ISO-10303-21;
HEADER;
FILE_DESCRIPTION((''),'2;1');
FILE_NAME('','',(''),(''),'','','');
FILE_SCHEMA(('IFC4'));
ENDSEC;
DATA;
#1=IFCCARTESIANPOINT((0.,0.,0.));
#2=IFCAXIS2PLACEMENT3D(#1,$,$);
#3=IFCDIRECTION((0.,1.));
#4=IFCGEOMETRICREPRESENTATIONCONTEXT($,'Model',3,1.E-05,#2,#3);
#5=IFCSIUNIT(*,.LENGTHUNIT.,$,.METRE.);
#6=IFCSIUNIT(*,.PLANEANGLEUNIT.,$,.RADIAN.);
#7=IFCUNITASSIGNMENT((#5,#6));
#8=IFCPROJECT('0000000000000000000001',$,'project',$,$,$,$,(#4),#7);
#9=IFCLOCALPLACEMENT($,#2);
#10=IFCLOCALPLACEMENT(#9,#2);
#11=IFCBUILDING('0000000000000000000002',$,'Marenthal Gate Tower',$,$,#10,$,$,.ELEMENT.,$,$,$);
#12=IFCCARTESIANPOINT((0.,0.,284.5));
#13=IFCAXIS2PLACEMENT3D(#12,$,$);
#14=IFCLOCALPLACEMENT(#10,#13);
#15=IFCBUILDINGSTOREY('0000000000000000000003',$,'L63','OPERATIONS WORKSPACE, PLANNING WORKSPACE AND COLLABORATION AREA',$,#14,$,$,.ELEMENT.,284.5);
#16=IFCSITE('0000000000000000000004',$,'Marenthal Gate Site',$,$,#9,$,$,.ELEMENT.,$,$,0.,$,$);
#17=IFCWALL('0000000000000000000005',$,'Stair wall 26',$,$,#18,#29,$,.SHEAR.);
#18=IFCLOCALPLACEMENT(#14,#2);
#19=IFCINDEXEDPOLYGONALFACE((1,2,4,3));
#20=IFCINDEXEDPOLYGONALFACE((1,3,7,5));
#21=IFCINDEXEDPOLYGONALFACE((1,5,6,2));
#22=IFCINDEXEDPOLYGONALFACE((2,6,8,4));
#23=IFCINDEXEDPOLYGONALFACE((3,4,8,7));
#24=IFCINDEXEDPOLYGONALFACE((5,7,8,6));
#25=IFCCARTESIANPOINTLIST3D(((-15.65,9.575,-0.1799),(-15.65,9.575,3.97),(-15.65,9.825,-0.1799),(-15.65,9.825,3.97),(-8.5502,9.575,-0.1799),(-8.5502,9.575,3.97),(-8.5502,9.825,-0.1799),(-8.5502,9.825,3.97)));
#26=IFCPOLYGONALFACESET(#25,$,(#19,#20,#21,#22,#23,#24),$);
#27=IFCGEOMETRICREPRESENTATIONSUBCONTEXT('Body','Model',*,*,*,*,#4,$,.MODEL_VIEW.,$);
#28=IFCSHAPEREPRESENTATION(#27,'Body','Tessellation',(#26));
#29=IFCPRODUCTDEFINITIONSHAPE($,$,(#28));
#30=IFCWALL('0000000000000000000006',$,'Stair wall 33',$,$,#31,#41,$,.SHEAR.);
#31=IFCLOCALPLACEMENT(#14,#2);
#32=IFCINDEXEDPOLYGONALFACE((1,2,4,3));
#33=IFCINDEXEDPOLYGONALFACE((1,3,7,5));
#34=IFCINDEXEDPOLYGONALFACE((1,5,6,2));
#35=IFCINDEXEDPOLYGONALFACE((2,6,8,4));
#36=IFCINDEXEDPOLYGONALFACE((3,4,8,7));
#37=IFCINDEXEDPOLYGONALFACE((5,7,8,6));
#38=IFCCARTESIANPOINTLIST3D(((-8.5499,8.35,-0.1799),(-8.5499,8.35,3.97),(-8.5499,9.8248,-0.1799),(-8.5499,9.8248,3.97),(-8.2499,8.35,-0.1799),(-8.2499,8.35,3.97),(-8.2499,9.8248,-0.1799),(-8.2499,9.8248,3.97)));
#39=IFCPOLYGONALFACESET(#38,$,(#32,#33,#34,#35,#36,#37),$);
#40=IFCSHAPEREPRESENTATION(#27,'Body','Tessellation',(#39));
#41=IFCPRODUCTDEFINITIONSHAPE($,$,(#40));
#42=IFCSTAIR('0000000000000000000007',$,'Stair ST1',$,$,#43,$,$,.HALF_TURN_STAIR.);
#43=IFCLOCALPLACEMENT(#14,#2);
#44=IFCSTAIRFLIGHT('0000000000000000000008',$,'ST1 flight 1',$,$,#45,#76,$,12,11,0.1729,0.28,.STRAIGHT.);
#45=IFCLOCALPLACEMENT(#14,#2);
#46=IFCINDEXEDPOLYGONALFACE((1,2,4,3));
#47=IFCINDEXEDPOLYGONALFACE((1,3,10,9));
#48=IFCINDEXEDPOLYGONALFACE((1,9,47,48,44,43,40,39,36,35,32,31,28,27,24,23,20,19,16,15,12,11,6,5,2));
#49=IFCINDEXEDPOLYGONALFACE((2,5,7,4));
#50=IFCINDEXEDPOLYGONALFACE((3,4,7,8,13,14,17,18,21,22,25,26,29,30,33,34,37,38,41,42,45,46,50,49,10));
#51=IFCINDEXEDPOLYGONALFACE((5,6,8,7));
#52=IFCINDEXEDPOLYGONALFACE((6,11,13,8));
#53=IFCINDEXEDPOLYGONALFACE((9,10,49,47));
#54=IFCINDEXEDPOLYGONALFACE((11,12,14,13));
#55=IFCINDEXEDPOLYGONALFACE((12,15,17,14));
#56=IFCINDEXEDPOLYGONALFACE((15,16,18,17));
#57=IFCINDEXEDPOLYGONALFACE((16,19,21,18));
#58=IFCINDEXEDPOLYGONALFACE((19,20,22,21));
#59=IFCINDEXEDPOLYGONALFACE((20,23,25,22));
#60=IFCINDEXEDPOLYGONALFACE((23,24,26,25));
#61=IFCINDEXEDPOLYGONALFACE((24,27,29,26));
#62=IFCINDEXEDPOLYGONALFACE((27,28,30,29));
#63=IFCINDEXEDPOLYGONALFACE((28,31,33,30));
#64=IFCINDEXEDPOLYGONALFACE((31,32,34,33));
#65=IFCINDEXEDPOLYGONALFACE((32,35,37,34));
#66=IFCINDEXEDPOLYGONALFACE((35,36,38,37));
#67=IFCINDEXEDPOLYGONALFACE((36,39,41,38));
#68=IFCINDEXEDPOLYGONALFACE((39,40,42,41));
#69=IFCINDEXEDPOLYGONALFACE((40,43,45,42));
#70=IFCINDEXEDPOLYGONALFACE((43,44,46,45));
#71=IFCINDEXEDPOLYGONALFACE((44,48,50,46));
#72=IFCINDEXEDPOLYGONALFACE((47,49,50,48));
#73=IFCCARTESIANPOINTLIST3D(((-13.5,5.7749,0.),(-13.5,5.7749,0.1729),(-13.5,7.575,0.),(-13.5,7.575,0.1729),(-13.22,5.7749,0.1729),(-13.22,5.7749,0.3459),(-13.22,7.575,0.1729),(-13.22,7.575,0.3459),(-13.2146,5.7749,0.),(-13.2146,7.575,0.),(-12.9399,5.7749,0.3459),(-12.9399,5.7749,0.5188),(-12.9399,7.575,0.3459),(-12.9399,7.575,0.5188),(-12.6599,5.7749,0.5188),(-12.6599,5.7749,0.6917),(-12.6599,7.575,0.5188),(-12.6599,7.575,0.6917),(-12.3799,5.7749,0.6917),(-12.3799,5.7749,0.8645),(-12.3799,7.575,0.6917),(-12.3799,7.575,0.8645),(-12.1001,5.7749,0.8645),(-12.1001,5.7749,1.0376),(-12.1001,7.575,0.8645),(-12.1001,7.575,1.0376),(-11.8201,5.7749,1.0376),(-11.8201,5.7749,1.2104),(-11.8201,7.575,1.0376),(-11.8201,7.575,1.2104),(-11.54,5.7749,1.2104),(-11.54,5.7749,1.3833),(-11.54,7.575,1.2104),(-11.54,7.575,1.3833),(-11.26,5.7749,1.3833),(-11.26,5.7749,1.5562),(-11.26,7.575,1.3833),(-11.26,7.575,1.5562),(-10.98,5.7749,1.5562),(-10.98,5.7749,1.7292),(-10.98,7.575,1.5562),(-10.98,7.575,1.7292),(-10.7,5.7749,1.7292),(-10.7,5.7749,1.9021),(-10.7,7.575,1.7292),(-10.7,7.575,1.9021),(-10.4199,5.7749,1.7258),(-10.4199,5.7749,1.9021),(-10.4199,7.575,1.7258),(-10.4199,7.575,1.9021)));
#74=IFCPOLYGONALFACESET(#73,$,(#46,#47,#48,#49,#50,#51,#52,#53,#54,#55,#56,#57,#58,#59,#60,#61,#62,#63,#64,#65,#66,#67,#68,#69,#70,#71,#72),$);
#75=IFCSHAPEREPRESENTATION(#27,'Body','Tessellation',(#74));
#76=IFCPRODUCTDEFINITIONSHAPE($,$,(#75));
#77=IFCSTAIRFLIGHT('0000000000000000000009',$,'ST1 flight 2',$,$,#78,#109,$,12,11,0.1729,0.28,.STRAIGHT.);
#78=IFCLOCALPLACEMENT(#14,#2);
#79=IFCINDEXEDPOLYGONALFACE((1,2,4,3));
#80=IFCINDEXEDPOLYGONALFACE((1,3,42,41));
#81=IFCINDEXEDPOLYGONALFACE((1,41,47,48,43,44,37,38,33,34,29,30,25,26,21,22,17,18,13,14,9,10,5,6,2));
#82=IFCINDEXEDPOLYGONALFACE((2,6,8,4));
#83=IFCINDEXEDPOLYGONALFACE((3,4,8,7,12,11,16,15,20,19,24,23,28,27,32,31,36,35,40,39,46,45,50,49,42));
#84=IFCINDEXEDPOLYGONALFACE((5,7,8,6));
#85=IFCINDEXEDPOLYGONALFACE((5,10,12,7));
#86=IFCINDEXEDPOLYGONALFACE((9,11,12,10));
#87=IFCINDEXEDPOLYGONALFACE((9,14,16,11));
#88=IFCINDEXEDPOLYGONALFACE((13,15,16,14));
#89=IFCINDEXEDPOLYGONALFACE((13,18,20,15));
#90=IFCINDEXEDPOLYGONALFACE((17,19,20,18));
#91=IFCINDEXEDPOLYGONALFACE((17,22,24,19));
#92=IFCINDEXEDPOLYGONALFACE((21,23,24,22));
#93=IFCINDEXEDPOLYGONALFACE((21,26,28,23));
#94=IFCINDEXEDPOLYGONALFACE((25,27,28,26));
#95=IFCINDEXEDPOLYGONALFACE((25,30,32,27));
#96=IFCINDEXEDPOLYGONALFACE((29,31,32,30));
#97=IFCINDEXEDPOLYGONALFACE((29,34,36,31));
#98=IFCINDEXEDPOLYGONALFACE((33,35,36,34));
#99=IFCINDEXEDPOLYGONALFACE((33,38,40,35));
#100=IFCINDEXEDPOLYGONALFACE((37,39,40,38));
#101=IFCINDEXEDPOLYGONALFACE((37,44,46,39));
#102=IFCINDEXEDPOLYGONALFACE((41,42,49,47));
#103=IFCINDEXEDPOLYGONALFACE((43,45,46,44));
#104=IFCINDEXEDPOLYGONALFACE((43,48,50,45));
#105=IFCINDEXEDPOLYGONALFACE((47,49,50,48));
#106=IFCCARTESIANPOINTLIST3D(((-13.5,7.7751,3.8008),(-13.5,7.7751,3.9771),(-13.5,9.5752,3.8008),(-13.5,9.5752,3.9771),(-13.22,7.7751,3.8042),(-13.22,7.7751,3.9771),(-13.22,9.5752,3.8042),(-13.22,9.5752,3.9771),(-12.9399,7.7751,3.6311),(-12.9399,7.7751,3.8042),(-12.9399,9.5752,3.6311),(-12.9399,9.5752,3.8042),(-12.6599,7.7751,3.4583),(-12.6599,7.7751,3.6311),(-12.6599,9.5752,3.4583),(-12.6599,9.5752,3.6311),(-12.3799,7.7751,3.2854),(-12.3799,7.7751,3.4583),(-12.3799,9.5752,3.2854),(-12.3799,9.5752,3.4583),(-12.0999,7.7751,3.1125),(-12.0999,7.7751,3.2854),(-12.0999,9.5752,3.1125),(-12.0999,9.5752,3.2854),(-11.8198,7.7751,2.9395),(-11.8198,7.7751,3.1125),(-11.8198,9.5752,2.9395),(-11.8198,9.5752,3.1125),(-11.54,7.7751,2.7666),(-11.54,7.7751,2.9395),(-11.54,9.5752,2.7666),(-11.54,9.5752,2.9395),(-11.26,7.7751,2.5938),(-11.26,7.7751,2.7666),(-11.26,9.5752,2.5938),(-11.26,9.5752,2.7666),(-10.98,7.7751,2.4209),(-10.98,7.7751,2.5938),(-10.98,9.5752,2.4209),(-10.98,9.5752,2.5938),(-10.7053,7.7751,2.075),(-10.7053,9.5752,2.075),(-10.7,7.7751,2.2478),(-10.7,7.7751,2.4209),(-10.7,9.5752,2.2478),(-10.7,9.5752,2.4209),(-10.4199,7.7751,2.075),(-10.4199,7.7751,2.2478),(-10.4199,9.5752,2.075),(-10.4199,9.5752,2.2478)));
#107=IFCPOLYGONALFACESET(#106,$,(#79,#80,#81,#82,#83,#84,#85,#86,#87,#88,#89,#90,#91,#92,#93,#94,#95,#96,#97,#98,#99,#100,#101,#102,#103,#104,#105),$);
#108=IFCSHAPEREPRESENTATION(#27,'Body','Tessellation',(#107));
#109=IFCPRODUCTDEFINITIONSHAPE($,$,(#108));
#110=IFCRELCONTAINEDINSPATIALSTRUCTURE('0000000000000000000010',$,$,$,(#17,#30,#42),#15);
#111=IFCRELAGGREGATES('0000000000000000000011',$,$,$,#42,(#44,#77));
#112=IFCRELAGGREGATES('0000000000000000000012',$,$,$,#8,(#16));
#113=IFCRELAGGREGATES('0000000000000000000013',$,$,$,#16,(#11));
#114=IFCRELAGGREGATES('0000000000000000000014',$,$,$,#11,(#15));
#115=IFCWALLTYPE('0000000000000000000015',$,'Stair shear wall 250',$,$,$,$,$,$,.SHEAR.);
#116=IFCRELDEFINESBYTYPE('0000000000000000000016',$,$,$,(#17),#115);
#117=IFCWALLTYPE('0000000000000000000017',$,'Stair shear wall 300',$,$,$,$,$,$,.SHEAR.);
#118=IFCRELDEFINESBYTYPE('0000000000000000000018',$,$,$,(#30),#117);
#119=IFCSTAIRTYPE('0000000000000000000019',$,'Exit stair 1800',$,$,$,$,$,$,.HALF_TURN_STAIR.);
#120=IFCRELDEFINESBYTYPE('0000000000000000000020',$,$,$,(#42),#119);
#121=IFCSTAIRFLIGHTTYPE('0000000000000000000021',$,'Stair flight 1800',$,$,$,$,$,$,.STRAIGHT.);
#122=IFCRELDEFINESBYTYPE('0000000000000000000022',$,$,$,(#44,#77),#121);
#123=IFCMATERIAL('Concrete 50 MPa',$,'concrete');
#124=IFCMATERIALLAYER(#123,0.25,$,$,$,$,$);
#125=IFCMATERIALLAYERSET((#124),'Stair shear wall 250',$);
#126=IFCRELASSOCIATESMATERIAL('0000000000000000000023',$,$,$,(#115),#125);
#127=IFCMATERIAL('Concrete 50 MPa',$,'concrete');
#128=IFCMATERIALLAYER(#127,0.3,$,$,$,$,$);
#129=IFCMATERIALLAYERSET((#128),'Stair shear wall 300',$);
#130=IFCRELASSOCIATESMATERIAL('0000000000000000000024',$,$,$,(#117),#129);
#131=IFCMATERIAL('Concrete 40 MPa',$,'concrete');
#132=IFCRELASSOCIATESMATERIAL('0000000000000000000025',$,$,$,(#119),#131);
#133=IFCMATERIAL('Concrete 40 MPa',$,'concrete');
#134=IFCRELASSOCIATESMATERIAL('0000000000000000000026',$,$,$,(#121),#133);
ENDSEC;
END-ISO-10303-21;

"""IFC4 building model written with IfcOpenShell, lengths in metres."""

from ifc_helpers import new_model, si_unit, direction, frame, frame_2d, origin, place, context, subcontext, project, spatial, polyline, rectangle, outline, extrude, material, layer, layer_set, type_object, element, aggregate, save


model = new_model("IFC4")

# Units and contexts
model_context = context("Model", 3, precision=1e-05, world=origin(), true_north=direction((0.0, 1.0)))
body_context = subcontext(model_context, "Body", "Model", "MODEL_VIEW")
ifc_project = project(units=[si_unit("LENGTHUNIT", "METRE"), si_unit("PLANEANGLEUNIT", "RADIAN")], contexts=[model_context])

# Site, building, storey
site_placement = place(None, origin())
site = spatial("IfcSite", under=ifc_project, at=site_placement, Name="Marenthal Gate Site", CompositionType="ELEMENT", RefElevation=0.0)
building_placement = place(site_placement, origin())
building = spatial("IfcBuilding", under=site, at=building_placement, Name="Marenthal Gate Tower", CompositionType="ELEMENT")
storey_placement = place(building_placement, frame((0.0, 0.0, 284.5)))
storey = spatial("IfcBuildingStorey", under=building, at=storey_placement, Name="L63", Description="OPERATIONS WORKSPACE, PLANNING WORKSPACE AND COLLABORATION AREA", CompositionType="ELEMENT", Elevation=284.5)

# Shared definitions
ifc_material_1 = material(Name="Concrete 50 MPa", Category="concrete")
ifc_layer_1 = layer(ifc_material_1, 0.25)
ifc_layer_set_1 = layer_set([ifc_layer_1], Name="Stair shear wall 250")
wall_type_1 = type_object("IfcWallType", Name="Stair shear wall 250", PredefinedType="SHEAR", material=ifc_layer_set_1)

# Walls
wall_1_placement = place(storey_placement, frame((-15.6499, 9.7, -0.1799), z_axis=(0.0, 0.0, 1.0), x_axis=(1.0, 0.0, 0.0)))
element("IfcWall", 1, at=wall_1_placement, inside=storey, type_object=wall_type_1, Name="Stair wall 26", PredefinedType="SHEAR", context=body_context, shape_type="SweptSolid", body=[
    extrude(rectangle(XDim=7.0999, YDim=0.25, at=frame_2d((3.5498, 0.0))), origin(), (0.0, 0.0, 1.0), 4.1499),
])
ifc_material_2 = material(Name="Concrete 50 MPa", Category="concrete")
ifc_layer_2 = layer(ifc_material_2, 0.3)
ifc_layer_set_2 = layer_set([ifc_layer_2], Name="Stair shear wall 300")
wall_type_2 = type_object("IfcWallType", Name="Stair shear wall 300", PredefinedType="SHEAR", material=ifc_layer_set_2)
wall_2_placement = place(storey_placement, frame((-8.3999, 8.3501, -0.1799), z_axis=(0.0, 0.0, 1.0), x_axis=(0.0, 1.0, 0.0)))
element("IfcWall", 2, at=wall_2_placement, inside=storey, type_object=wall_type_2, Name="Stair wall 33", PredefinedType="SHEAR", context=body_context, shape_type="SweptSolid", body=[
    extrude(rectangle(XDim=1.4749, YDim=0.3, at=frame_2d((0.7373, 0.0))), origin(), (0.0, 0.0, 1.0), 4.1499),
])

# Stair, stair flights
ifc_material_3 = material(Name="Concrete 40 MPa", Category="concrete")
stair_type = type_object("IfcStairType", Name="Exit stair 1800", PredefinedType="HALF_TURN_STAIR", material=ifc_material_3)
stair_placement = place(storey_placement, origin())
stair = element("IfcStair", 3, at=stair_placement, inside=storey, type_object=stair_type, Name="Stair ST1", PredefinedType="HALF_TURN_STAIR")
ifc_material_4 = material(Name="Concrete 40 MPa", Category="concrete")
stair_flight_type = type_object("IfcStairFlightType", Name="Stair flight 1800", PredefinedType="STRAIGHT", material=ifc_material_4)
stair_flight_1_placement = place(storey_placement, frame((-13.5, 6.675, 0.0), z_axis=(0.0, 0.0, 1.0), x_axis=(1.0, 0.0, 0.0)))
stair_flight_1 = element("IfcStairFlight", 4, at=stair_flight_1_placement, type_object=stair_flight_type, Name="ST1 flight 1", NumberOfRisers=12, NumberOfTreads=11, PredefinedType="STRAIGHT", RiserHeight=0.1729, TreadLength=0.28, context=body_context, shape_type="SweptSolid", body=[
    extrude(outline(polyline([(0.0, 0.0), (0.0, 0.1729), (0.28, 0.1729), (0.28, 0.3459), (0.5601, 0.3459), (0.5601, 0.5188), (0.8401, 0.5188), (0.8401, 0.6917), (1.1201, 0.6917), (1.1201, 0.8645), (1.3999, 0.8645), (1.3999, 1.0376), (1.6799, 1.0376), (1.6799, 1.2104), (1.96, 1.2104), (1.96, 1.3833), (2.24, 1.3833), (2.24, 1.5562), (2.52, 1.5562), (2.52, 1.7292), (2.8, 1.7292), (2.8, 1.9021), (3.0801, 1.9021), (3.0801, 2.075), (3.0801, 1.7258), (0.2854, 0.0), (0.0, 0.0)])), frame((0.0, 0.8999, 0.0), z_axis=(0.0, -1.0, 0.0), x_axis=(1.0, 0.0, 0.0)), (0.0, 0.0, 1.0), 1.8),
])
stair_flight_2_placement = place(storey_placement, frame((-10.4199, 8.675, 2.075), z_axis=(0.0, 0.0, 1.0), x_axis=(-1.0, 0.0, 0.0)))
stair_flight_2 = element("IfcStairFlight", 5, at=stair_flight_2_placement, type_object=stair_flight_type, Name="ST1 flight 2", NumberOfRisers=12, NumberOfTreads=11, PredefinedType="STRAIGHT", RiserHeight=0.1729, TreadLength=0.28, context=body_context, shape_type="SweptSolid", body=[
    extrude(outline(polyline([(0.0, 0.0), (0.0, 0.1729), (0.28, 0.1729), (0.28, 0.3459), (0.5601, 0.3459), (0.5601, 0.5188), (0.8401, 0.5188), (0.8401, 0.6917), (1.1201, 0.6917), (1.1201, 0.8645), (1.3999, 0.8645), (1.3999, 1.0376), (1.6799, 1.0376), (1.6799, 1.2104), (1.96, 1.2104), (1.96, 1.3833), (2.24, 1.3833), (2.24, 1.5562), (2.52, 1.5562), (2.52, 1.7292), (2.8, 1.7292), (2.8, 1.9021), (3.0801, 1.9021), (3.0801, 2.075), (3.0801, 1.7258), (0.2854, 0.0), (0.0, 0.0)])), frame((0.0, 0.8999, 0.0), z_axis=(0.0, -1.0, 0.0), x_axis=(1.0, 0.0, 0.0)), (0.0, 0.0, 1.0), 1.8),
])
aggregate(stair, [stair_flight_1, stair_flight_2])

save(model, "model.ifc")
